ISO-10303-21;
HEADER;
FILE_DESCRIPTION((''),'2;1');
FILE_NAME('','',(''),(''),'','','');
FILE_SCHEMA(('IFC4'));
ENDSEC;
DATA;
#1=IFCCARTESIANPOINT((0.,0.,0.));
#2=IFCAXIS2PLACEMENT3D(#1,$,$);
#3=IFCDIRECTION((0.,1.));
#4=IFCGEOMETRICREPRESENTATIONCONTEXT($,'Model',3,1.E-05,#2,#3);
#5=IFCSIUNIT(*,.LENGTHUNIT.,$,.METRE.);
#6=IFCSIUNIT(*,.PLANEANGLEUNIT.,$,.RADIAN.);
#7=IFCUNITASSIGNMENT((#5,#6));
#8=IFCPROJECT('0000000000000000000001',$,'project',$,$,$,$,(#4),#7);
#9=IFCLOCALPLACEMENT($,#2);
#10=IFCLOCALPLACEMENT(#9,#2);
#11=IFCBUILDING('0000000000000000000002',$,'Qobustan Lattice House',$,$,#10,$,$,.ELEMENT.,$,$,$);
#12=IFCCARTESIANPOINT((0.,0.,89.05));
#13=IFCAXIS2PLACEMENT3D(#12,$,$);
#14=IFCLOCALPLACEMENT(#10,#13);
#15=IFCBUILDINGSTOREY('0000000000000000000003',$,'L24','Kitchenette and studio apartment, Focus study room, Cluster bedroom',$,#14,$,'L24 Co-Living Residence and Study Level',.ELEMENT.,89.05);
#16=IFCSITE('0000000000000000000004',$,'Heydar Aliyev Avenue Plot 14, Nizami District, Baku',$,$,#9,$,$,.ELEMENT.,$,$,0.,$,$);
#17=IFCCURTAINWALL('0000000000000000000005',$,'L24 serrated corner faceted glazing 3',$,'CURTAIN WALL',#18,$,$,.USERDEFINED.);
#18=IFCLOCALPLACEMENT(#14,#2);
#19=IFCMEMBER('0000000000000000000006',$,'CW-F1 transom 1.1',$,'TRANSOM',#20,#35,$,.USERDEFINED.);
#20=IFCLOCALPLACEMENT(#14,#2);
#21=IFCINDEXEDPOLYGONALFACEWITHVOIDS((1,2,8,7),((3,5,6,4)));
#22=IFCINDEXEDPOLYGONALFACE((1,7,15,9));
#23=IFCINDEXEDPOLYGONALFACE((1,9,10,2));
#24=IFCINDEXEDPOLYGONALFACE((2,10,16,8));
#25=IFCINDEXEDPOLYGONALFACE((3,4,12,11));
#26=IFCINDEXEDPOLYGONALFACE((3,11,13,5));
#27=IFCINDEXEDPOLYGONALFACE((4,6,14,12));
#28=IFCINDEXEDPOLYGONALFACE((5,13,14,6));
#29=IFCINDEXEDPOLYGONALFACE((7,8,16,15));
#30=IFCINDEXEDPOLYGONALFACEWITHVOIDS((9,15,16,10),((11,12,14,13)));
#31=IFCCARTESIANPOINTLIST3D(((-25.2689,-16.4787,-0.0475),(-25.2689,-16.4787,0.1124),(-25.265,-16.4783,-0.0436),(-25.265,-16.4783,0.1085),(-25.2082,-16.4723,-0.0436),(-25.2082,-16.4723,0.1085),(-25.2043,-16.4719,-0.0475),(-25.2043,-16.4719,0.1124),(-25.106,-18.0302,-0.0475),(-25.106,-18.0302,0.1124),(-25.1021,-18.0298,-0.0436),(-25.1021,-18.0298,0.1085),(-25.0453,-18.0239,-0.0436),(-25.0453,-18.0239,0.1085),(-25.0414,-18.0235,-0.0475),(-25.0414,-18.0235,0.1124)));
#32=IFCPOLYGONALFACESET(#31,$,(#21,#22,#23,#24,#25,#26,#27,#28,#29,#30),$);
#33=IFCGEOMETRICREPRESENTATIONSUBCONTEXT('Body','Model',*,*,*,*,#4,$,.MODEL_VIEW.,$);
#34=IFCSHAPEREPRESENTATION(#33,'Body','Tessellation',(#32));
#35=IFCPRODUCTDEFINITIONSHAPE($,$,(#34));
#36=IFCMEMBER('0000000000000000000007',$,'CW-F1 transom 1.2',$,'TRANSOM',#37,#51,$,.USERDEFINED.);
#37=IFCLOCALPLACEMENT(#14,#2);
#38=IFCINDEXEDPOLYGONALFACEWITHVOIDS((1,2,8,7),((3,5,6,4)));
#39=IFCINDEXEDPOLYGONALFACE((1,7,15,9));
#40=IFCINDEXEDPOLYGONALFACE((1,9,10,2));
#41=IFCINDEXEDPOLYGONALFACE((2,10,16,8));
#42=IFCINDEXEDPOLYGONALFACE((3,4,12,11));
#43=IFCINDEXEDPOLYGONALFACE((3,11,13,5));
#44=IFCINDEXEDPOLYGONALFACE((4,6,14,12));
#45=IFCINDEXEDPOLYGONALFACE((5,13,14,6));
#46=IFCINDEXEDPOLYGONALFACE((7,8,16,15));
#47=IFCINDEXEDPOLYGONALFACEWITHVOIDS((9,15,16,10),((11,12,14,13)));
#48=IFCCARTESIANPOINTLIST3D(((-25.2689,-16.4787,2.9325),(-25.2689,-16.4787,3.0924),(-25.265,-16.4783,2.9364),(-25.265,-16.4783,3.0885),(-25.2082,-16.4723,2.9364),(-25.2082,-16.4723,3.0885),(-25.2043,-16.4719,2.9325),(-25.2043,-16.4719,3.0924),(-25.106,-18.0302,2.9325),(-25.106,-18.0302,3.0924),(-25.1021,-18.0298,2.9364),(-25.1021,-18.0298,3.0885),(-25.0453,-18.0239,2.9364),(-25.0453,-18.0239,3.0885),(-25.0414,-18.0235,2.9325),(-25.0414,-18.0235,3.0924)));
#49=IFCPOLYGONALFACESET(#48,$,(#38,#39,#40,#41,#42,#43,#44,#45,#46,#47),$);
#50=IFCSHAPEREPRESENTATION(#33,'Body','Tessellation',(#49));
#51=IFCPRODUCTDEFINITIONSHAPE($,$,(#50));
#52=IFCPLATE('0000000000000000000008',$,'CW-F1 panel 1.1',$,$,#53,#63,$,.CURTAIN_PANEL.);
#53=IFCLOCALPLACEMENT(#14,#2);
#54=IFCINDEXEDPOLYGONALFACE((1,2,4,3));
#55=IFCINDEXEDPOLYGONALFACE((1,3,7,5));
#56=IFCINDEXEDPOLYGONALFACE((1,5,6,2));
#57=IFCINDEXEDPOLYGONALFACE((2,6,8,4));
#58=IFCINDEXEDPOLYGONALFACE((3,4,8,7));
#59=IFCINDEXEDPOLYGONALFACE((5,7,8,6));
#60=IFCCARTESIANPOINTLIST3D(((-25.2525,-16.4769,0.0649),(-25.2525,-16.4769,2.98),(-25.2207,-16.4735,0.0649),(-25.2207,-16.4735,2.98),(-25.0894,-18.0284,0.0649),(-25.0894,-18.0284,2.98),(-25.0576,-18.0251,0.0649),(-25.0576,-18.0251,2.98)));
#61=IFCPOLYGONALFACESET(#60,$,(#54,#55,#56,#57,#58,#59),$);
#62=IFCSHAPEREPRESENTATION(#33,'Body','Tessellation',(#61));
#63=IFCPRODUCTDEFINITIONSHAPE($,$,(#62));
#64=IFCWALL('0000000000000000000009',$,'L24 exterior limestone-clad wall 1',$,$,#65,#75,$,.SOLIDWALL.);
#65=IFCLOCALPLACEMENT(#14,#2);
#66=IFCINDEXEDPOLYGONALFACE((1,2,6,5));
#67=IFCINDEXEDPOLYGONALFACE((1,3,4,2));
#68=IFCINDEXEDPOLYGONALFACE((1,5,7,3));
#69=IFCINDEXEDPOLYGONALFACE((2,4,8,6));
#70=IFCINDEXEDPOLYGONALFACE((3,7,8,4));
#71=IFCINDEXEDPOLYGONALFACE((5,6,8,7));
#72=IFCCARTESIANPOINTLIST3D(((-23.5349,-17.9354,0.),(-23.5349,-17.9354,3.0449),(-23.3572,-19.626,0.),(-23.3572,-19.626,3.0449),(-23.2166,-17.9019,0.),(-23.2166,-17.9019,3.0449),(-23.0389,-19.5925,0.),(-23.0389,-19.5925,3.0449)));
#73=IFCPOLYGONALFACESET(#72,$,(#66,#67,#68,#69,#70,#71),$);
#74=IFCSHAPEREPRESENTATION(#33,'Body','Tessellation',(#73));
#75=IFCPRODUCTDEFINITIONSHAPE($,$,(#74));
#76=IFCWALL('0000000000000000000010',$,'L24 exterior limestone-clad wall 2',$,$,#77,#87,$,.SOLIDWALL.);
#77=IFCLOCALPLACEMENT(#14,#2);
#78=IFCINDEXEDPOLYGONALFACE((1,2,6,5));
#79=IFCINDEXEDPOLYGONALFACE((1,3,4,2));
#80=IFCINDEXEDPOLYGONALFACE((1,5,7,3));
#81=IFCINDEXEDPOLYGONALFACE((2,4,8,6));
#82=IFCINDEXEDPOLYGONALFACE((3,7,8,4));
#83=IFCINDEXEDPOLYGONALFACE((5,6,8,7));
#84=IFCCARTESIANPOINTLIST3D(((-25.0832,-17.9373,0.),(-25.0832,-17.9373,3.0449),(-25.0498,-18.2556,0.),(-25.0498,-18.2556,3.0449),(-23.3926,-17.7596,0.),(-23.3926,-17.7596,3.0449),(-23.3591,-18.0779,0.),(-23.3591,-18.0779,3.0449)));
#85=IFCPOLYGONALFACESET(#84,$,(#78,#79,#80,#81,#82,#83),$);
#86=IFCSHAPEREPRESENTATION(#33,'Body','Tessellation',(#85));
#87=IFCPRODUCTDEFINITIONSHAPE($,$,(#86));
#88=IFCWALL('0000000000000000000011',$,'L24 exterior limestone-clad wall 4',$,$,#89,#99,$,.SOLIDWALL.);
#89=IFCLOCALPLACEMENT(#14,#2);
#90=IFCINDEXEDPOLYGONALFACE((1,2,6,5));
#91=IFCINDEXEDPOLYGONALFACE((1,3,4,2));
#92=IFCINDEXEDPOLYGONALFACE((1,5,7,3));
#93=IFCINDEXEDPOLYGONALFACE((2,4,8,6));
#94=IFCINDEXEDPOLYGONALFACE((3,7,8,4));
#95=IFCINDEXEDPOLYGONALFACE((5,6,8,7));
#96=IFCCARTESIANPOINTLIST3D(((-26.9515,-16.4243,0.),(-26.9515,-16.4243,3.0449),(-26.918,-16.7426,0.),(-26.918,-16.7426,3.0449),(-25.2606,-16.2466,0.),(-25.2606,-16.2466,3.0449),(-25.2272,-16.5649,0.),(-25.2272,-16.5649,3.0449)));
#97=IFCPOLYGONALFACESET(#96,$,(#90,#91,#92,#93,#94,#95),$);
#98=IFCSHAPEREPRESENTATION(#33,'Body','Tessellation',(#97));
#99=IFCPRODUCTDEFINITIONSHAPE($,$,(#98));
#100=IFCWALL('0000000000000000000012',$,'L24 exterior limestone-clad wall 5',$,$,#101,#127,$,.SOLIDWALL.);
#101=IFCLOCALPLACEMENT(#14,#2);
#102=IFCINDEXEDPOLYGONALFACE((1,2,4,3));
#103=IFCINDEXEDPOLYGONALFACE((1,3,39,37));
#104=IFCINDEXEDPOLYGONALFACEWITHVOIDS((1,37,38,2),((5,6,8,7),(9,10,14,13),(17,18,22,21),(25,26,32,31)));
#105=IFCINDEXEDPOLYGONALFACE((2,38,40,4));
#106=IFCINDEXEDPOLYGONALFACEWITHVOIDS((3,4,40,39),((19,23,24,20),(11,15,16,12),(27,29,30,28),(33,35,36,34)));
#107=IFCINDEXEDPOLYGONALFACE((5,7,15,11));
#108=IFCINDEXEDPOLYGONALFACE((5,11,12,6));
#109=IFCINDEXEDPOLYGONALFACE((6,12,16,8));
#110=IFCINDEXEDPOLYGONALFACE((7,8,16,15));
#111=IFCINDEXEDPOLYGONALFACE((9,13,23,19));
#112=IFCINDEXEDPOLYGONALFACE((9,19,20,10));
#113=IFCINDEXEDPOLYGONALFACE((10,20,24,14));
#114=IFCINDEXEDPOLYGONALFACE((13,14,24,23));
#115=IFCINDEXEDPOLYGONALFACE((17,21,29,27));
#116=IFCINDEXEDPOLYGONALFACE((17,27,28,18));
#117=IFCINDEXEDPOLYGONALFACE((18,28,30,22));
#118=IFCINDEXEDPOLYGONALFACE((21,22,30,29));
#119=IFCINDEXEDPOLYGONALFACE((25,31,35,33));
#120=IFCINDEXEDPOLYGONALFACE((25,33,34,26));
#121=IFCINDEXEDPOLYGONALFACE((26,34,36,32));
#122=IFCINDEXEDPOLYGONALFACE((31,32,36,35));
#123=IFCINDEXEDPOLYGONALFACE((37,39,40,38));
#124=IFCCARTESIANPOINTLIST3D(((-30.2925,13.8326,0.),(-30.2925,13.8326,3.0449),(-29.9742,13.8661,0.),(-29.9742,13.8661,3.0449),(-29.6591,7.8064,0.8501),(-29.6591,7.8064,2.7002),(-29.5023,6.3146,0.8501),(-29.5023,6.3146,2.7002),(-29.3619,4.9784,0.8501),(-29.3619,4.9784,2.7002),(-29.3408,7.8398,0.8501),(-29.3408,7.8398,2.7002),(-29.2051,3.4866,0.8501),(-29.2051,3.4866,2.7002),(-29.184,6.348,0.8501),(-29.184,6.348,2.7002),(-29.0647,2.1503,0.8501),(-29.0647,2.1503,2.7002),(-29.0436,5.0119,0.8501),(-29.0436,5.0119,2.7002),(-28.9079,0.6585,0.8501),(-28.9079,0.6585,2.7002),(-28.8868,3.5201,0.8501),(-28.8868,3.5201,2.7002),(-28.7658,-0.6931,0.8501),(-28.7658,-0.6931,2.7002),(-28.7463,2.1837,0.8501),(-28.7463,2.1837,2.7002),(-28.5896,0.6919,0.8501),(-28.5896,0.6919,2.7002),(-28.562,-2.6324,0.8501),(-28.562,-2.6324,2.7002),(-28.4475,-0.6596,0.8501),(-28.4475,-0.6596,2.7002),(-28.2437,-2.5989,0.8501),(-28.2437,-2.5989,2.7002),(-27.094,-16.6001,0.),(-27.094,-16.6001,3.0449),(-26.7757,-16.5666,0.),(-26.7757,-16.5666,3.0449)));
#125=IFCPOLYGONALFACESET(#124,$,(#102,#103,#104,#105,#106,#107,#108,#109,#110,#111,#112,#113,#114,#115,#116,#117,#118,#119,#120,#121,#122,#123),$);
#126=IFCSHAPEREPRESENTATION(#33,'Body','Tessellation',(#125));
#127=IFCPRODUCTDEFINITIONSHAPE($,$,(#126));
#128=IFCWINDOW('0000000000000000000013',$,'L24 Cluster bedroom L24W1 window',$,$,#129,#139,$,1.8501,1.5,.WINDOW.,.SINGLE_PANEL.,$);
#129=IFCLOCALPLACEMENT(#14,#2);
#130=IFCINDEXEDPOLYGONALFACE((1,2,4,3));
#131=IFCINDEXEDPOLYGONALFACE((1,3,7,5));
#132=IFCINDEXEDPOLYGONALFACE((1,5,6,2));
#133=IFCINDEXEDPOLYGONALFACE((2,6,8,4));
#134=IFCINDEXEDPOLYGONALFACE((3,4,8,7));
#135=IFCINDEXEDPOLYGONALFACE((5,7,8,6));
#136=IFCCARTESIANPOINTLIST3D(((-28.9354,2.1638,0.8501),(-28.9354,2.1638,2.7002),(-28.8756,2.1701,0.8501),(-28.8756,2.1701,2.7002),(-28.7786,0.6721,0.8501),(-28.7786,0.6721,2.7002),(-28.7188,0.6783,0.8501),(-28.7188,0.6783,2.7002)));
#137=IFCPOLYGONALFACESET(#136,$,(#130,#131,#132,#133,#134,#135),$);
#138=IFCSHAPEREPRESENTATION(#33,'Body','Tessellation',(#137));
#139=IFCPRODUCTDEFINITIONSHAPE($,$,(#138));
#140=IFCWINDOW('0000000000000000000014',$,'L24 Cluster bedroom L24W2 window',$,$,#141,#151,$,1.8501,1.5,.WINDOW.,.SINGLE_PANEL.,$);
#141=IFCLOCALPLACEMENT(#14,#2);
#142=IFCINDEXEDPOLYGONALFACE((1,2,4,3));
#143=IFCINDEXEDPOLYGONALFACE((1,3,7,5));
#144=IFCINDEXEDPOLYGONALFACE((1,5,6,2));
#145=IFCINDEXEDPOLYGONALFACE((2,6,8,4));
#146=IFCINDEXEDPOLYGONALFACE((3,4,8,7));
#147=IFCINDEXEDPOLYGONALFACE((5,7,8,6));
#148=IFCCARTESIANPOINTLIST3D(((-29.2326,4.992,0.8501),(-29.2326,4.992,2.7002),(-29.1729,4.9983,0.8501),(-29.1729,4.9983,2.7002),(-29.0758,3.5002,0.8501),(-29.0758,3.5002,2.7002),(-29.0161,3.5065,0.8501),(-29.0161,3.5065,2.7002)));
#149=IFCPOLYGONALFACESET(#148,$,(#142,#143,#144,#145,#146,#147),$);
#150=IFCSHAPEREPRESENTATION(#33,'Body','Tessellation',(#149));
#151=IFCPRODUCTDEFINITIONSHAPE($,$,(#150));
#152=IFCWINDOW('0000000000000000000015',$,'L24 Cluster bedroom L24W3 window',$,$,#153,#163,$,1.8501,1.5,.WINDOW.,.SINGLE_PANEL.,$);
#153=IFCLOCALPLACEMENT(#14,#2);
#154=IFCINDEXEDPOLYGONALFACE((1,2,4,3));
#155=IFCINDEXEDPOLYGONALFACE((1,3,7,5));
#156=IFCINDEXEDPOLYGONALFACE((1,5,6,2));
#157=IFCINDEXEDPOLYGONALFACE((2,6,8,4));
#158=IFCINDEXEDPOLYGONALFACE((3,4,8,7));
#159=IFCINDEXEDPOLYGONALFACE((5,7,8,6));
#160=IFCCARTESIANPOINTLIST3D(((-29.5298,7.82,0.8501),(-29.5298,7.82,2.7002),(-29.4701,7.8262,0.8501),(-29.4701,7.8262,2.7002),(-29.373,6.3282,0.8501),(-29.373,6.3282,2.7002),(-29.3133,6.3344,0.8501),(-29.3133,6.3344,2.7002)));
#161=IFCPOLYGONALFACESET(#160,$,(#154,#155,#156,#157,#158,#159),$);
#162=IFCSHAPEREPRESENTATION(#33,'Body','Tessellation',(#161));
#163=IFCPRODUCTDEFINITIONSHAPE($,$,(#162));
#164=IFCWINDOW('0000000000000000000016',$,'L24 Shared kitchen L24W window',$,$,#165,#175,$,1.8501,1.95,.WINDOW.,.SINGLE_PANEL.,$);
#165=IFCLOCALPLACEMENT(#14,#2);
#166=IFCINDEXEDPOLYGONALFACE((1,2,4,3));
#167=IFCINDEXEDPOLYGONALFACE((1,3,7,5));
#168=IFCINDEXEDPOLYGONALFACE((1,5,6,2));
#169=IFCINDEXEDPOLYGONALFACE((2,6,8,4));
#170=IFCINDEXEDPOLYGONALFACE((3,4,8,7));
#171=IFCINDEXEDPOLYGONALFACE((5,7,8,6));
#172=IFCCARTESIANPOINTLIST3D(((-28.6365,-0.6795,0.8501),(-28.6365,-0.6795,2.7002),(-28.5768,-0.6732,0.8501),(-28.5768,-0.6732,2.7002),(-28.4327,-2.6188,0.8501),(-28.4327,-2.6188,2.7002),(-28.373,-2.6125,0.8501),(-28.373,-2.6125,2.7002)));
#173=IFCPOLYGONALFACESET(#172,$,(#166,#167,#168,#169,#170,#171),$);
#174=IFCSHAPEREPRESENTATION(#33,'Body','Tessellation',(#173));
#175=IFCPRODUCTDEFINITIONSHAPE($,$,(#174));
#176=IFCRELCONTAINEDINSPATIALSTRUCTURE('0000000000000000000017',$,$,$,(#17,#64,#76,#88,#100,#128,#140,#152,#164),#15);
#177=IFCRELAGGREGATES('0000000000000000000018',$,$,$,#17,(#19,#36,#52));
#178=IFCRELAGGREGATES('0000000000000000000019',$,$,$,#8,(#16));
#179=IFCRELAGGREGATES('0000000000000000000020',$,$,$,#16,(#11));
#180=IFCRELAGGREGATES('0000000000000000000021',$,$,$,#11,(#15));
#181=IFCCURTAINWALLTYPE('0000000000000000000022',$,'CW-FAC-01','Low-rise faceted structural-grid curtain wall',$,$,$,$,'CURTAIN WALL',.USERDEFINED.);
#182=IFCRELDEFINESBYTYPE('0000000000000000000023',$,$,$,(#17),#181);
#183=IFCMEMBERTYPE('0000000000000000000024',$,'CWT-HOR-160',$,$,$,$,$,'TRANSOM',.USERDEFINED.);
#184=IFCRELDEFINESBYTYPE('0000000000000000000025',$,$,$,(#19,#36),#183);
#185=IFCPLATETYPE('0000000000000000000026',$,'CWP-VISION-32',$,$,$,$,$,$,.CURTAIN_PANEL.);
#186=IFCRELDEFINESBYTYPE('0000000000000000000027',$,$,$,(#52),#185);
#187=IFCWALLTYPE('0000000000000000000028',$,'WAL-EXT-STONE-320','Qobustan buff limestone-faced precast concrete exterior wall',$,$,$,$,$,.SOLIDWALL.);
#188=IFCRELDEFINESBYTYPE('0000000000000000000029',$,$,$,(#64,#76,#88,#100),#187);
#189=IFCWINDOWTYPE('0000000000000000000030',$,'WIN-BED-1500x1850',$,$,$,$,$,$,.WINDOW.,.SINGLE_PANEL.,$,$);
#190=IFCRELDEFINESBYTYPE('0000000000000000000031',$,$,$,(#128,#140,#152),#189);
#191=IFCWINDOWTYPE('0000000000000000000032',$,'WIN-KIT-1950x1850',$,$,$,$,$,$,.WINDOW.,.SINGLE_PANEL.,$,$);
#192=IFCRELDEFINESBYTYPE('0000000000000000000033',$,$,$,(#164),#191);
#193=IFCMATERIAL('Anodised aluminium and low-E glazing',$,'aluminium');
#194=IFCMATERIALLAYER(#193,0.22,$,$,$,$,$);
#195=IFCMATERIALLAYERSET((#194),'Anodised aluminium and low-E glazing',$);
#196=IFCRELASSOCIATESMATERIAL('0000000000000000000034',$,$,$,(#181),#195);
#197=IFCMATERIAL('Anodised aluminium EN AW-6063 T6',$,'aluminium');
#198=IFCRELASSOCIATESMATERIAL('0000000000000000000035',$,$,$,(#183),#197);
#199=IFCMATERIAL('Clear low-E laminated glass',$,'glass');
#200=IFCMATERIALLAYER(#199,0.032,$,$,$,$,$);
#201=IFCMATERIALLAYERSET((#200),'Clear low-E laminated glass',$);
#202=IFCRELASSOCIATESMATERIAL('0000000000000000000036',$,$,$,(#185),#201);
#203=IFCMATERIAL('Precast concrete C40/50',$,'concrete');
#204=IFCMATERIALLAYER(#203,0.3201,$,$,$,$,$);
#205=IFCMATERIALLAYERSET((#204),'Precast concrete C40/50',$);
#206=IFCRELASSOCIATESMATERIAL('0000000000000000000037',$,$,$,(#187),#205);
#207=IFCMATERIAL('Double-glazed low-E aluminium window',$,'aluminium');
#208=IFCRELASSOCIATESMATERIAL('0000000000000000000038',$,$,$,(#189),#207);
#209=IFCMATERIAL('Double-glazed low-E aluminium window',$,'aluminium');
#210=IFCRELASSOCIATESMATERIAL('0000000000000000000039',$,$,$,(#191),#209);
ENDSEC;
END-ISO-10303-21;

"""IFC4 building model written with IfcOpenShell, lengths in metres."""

from ifc_helpers import new_model, si_unit, direction, frame, frame_2d, origin, origin_2d, place, context, subcontext, project, spatial, rectangle, hollow_rectangle, extrude, material, layer, layer_set, material_profile, profile_set, type_object, element, fill, aggregate, save


model = new_model("IFC4")

# Units and contexts
model_context = context("Model", 3, precision=1e-05, world=origin(), true_north=direction((0.0, 1.0)))
body_context = subcontext(model_context, "Body", "Model", "MODEL_VIEW")
ifc_project = project(units=[si_unit("LENGTHUNIT", "METRE"), si_unit("PLANEANGLEUNIT", "RADIAN")], contexts=[model_context])

# Site, building, storey
site_placement = place(None, origin())
site = spatial("IfcSite", under=ifc_project, at=site_placement, Name="Heydar Aliyev Avenue Plot 14, Nizami District, Baku", CompositionType="ELEMENT", RefElevation=0.0)
building_placement = place(site_placement, origin())
building = spatial("IfcBuilding", under=site, at=building_placement, Name="Qobustan Lattice House", CompositionType="ELEMENT")
storey_placement = place(building_placement, frame((0.0, 0.0, 89.05)))
storey = spatial("IfcBuildingStorey", under=building, at=storey_placement, Name="L24", Description="Kitchenette and studio apartment, Focus study room, Cluster bedroom", LongName="L24 Co-Living Residence and Study Level", CompositionType="ELEMENT", Elevation=89.05)

# Curtain wall, members, plate
ifc_material_1 = material(Name="Anodised aluminium and low-E glazing", Category="aluminium")
ifc_layer_1 = layer(ifc_material_1, 0.22)
ifc_layer_set_1 = layer_set([ifc_layer_1], Name="Anodised aluminium and low-E glazing")
curtain_wall_type = type_object("IfcCurtainWallType", Name="CW-FAC-01", Description="Low-rise faceted structural-grid curtain wall", ElementType="CURTAIN WALL", PredefinedType="USERDEFINED", material=ifc_layer_set_1)
curtain_wall_placement = place(storey_placement, origin())
curtain_wall = element("IfcCurtainWall", 1, at=curtain_wall_placement, inside=storey, type_object=curtain_wall_type, Name="L24 serrated corner faceted glazing 3", ObjectType="CURTAIN WALL", PredefinedType="USERDEFINED")
ifc_material_2 = material(Name="Anodised aluminium EN AW-6063 T6", Category="aluminium")
ifc_material_profile_1 = material_profile(ifc_material_2, hollow_rectangle(XDim=0.0649, YDim=0.1599, WallThickness=0.0039, at=origin_2d()), Name="CWT-160x65")
ifc_profile_set_1 = profile_set([ifc_material_profile_1], Name="Anodised aluminium EN AW-6063 T6")
member_type_1 = type_object("IfcMemberType", Name="CWT-HOR-160", ElementType="TRANSOM", PredefinedType="USERDEFINED", material=ifc_profile_set_1)
member_1_placement = place(storey_placement, frame((-25.0737, -18.0269, 0.0325), z_axis=(-0.104383, 0.994537, 0.0), x_axis=(-0.994537, -0.104383, 0.0)))
member_1 = element("IfcMember", 2, at=member_1_placement, type_object=member_type_1, Name="CW-F1 transom 1.1", ObjectType="TRANSOM", PredefinedType="USERDEFINED", context=body_context, shape_type="SweptSolid", body=[
    extrude(hollow_rectangle(XDim=0.0649, YDim=0.1599, WallThickness=0.0039, at=origin_2d()), origin(), (0.0, 0.0, 1.0), 1.5601),
])
member_2_placement = place(storey_placement, frame((-25.0737, -18.0269, 3.0125), z_axis=(-0.104383, 0.994537, 0.0), x_axis=(-0.994537, -0.104383, 0.0)))
member_2 = element("IfcMember", 3, at=member_2_placement, type_object=member_type_1, Name="CW-F1 transom 1.2", ObjectType="TRANSOM", PredefinedType="USERDEFINED", context=body_context, shape_type="SweptSolid", body=[
    extrude(hollow_rectangle(XDim=0.0649, YDim=0.1599, WallThickness=0.0039, at=origin_2d()), origin(), (0.0, 0.0, 1.0), 1.5601),
])
ifc_material_3 = material(Name="Clear low-E laminated glass", Category="glass")
ifc_layer_2 = layer(ifc_material_3, 0.032)
ifc_layer_set_2 = layer_set([ifc_layer_2], Name="Clear low-E laminated glass")
plate_type = type_object("IfcPlateType", Name="CWP-VISION-32", PredefinedType="CURTAIN_PANEL", material=ifc_layer_set_2)
plate_placement = place(storey_placement, frame((-25.155, -17.251, 0.0649), z_axis=(0.0, 0.0, 1.0), x_axis=(-0.104529, 0.994522, 0.0)))
plate = element("IfcPlate", 4, at=plate_placement, type_object=plate_type, Name="CW-F1 panel 1.1", PredefinedType="CURTAIN_PANEL", context=body_context, shape_type="SweptSolid", body=[
    extrude(rectangle(XDim=1.5601, YDim=0.032, at=origin_2d()), origin(), (0.0, 0.0, 1.0), 2.915),
])
aggregate(curtain_wall, [member_1, member_2, plate])

# Walls
ifc_material_4 = material(Name="Precast concrete C40/50", Category="concrete")
ifc_layer_3 = layer(ifc_material_4, 0.3201)
ifc_layer_set_3 = layer_set([ifc_layer_3], Name="Precast concrete C40/50")
wall_type_1 = type_object("IfcWallType", Name="WAL-EXT-STONE-320", Description="Qobustan buff limestone-faced precast concrete exterior wall", PredefinedType="SOLIDWALL", material=ifc_layer_set_3)
for number, where, z_axis, x_axis, name in (
    (5, (-23.198, -19.6094, 0.0), (0.0, 0.0, 1.0), (-0.10455, 0.99452, 0.0), "L24 exterior limestone-clad wall 1"),
    (6, (-23.3757, -17.9187, 0.0), (0.0, 0.0, 1.0), (-0.99452, -0.10455, 0.0), "L24 exterior limestone-clad wall 2"),
):
    element("IfcWall", number, at=place(storey_placement, frame(where, z_axis=z_axis, x_axis=x_axis)), inside=storey, type_object=wall_type_1, Name=name, PredefinedType="SOLIDWALL", context=body_context, shape_type="SweptSolid", body=[
        extrude(rectangle(XDim=1.7, YDim=0.3201, at=frame_2d((0.8501, 0.0))), origin(), (0.0, 0.0, 1.0), 3.0449),
    ])
wall_1_placement = place(storey_placement, frame((-25.2439, -16.4058, 0.0), z_axis=(0.0, 0.0, 1.0), x_axis=(-0.994521, -0.104535, 0.0)))
element("IfcWall", 7, at=wall_1_placement, inside=storey, type_object=wall_type_1, Name="L24 exterior limestone-clad wall 4", PredefinedType="SOLIDWALL", context=body_context, shape_type="SweptSolid", body=[
    extrude(rectangle(XDim=1.7002, YDim=0.3201, at=frame_2d((0.8501, 0.0))), origin(), (0.0, 0.0, 1.0), 3.0449),
])

# Wall, openings, windows
wall_2_placement = place(storey_placement, frame((-26.9348, -16.5835, 0.0), z_axis=(0.0, 0.0, 1.0), x_axis=(-0.104525, 0.994522, 0.0)))
wall_2 = element("IfcWall", 8, at=wall_2_placement, inside=storey, type_object=wall_type_1, Name="L24 exterior limestone-clad wall 5", PredefinedType="SOLIDWALL", context=body_context, shape_type="SweptSolid", body=[
    extrude(rectangle(XDim=30.6003, YDim=0.3201, at=frame_2d((15.3003, 0.0))), origin(), (0.0, 0.0, 1.0), 3.0449),
])
opening_1_placement = place(wall_2_placement, frame((14.0447, 0.0, 0.8501)))
opening_1 = element("IfcOpeningElement", 9, at=opening_1_placement, cuts=wall_2, PredefinedType="OPENING", context=body_context, shape_type="SweptSolid", body=[
    extrude(rectangle(XDim=1.95, YDim=1.8501, at=frame_2d((0.9751, 0.925))), frame((0.0, 0.1699, 0.0), z_axis=(0.0, -1.0, 0.0), x_axis=(1.0, 0.0, 0.0)), (0.0, 0.0, 1.0), 0.3401),
])
opening_2_placement = place(wall_2_placement, frame((17.3538, 0.0, 0.8501)))
opening_2 = element("IfcOpeningElement", 10, at=opening_2_placement, cuts=wall_2, PredefinedType="OPENING", context=body_context, shape_type="SweptSolid", body=[
    extrude(rectangle(XDim=1.5, YDim=1.8501, at=frame_2d((0.75, 0.925))), frame((0.0, 0.1699, 0.0), z_axis=(0.0, -1.0, 0.0), x_axis=(1.0, 0.0, 0.0)), (0.0, 0.0, 1.0), 0.3401),
])
opening_3_placement = place(wall_2_placement, frame((20.1975, 0.0, 0.8501)))
opening_3 = element("IfcOpeningElement", 11, at=opening_3_placement, cuts=wall_2, PredefinedType="OPENING", context=body_context, shape_type="SweptSolid", body=[
    extrude(rectangle(XDim=1.5, YDim=1.8501, at=frame_2d((0.75, 0.925))), frame((0.0, 0.1699, 0.0), z_axis=(0.0, -1.0, 0.0), x_axis=(1.0, 0.0, 0.0)), (0.0, 0.0, 1.0), 0.3401),
])
opening_4_placement = place(wall_2_placement, frame((23.041, 0.0, 0.8501)))
opening_4 = element("IfcOpeningElement", 12, at=opening_4_placement, cuts=wall_2, PredefinedType="OPENING", context=body_context, shape_type="SweptSolid", body=[
    extrude(rectangle(XDim=1.5, YDim=1.8501, at=frame_2d((0.75, 0.925))), frame((0.0, 0.1699, 0.0), z_axis=(0.0, -1.0, 0.0), x_axis=(1.0, 0.0, 0.0)), (0.0, 0.0, 1.0), 0.3401),
])
ifc_material_5 = material(Name="Double-glazed low-E aluminium window", Category="aluminium")
window_type_1 = type_object("IfcWindowType", Name="WIN-BED-1500x1850", PartitioningType="SINGLE_PANEL", PredefinedType="WINDOW", material=ifc_material_5)
window_1_placement = place(opening_2_placement, origin())
window_1 = element("IfcWindow", 13, at=window_1_placement, inside=storey, type_object=window_type_1, Name="L24 Cluster bedroom L24W1 window", OverallHeight=1.8501, OverallWidth=1.5, PartitioningType="SINGLE_PANEL", PredefinedType="WINDOW", context=body_context, shape_type="SweptSolid", body=[
    extrude(rectangle(XDim=1.5, YDim=1.8501, at=frame_2d((0.75, 0.925))), frame((0.0, 0.03, 0.0), z_axis=(0.0, -1.0, 0.0), x_axis=(1.0, 0.0, 0.0)), (0.0, 0.0, 1.0), 0.0601),
])
fill(opening_2, window_1)
window_2_placement = place(opening_3_placement, origin())
window_2 = element("IfcWindow", 14, at=window_2_placement, inside=storey, type_object=window_type_1, Name="L24 Cluster bedroom L24W2 window", OverallHeight=1.8501, OverallWidth=1.5, PartitioningType="SINGLE_PANEL", PredefinedType="WINDOW", context=body_context, shape_type="SweptSolid", body=[
    extrude(rectangle(XDim=1.5, YDim=1.8501, at=frame_2d((0.75, 0.925))), frame((0.0, 0.03, 0.0), z_axis=(0.0, -1.0, 0.0), x_axis=(1.0, 0.0, 0.0)), (0.0, 0.0, 1.0), 0.0601),
])
fill(opening_3, window_2)
window_3_placement = place(opening_4_placement, origin())
window_3 = element("IfcWindow", 15, at=window_3_placement, inside=storey, type_object=window_type_1, Name="L24 Cluster bedroom L24W3 window", OverallHeight=1.8501, OverallWidth=1.5, PartitioningType="SINGLE_PANEL", PredefinedType="WINDOW", context=body_context, shape_type="SweptSolid", body=[
    extrude(rectangle(XDim=1.5, YDim=1.8501, at=frame_2d((0.75, 0.925))), frame((0.0, 0.03, 0.0), z_axis=(0.0, -1.0, 0.0), x_axis=(1.0, 0.0, 0.0)), (0.0, 0.0, 1.0), 0.0601),
])
fill(opening_4, window_3)
ifc_material_6 = material(Name="Double-glazed low-E aluminium window", Category="aluminium")
window_type_2 = type_object("IfcWindowType", Name="WIN-KIT-1950x1850", PartitioningType="SINGLE_PANEL", PredefinedType="WINDOW", material=ifc_material_6)
window_4_placement = place(opening_1_placement, origin())
window_4 = element("IfcWindow", 16, at=window_4_placement, inside=storey, type_object=window_type_2, Name="L24 Shared kitchen L24W window", OverallHeight=1.8501, OverallWidth=1.95, PartitioningType="SINGLE_PANEL", PredefinedType="WINDOW", context=body_context, shape_type="SweptSolid", body=[
    extrude(rectangle(XDim=1.95, YDim=1.8501, at=frame_2d((0.9751, 0.925))), frame((0.0, 0.03, 0.0), z_axis=(0.0, -1.0, 0.0), x_axis=(1.0, 0.0, 0.0)), (0.0, 0.0, 1.0), 0.0601),
])
fill(opening_1, window_4)

save(model, "model.ifc")
